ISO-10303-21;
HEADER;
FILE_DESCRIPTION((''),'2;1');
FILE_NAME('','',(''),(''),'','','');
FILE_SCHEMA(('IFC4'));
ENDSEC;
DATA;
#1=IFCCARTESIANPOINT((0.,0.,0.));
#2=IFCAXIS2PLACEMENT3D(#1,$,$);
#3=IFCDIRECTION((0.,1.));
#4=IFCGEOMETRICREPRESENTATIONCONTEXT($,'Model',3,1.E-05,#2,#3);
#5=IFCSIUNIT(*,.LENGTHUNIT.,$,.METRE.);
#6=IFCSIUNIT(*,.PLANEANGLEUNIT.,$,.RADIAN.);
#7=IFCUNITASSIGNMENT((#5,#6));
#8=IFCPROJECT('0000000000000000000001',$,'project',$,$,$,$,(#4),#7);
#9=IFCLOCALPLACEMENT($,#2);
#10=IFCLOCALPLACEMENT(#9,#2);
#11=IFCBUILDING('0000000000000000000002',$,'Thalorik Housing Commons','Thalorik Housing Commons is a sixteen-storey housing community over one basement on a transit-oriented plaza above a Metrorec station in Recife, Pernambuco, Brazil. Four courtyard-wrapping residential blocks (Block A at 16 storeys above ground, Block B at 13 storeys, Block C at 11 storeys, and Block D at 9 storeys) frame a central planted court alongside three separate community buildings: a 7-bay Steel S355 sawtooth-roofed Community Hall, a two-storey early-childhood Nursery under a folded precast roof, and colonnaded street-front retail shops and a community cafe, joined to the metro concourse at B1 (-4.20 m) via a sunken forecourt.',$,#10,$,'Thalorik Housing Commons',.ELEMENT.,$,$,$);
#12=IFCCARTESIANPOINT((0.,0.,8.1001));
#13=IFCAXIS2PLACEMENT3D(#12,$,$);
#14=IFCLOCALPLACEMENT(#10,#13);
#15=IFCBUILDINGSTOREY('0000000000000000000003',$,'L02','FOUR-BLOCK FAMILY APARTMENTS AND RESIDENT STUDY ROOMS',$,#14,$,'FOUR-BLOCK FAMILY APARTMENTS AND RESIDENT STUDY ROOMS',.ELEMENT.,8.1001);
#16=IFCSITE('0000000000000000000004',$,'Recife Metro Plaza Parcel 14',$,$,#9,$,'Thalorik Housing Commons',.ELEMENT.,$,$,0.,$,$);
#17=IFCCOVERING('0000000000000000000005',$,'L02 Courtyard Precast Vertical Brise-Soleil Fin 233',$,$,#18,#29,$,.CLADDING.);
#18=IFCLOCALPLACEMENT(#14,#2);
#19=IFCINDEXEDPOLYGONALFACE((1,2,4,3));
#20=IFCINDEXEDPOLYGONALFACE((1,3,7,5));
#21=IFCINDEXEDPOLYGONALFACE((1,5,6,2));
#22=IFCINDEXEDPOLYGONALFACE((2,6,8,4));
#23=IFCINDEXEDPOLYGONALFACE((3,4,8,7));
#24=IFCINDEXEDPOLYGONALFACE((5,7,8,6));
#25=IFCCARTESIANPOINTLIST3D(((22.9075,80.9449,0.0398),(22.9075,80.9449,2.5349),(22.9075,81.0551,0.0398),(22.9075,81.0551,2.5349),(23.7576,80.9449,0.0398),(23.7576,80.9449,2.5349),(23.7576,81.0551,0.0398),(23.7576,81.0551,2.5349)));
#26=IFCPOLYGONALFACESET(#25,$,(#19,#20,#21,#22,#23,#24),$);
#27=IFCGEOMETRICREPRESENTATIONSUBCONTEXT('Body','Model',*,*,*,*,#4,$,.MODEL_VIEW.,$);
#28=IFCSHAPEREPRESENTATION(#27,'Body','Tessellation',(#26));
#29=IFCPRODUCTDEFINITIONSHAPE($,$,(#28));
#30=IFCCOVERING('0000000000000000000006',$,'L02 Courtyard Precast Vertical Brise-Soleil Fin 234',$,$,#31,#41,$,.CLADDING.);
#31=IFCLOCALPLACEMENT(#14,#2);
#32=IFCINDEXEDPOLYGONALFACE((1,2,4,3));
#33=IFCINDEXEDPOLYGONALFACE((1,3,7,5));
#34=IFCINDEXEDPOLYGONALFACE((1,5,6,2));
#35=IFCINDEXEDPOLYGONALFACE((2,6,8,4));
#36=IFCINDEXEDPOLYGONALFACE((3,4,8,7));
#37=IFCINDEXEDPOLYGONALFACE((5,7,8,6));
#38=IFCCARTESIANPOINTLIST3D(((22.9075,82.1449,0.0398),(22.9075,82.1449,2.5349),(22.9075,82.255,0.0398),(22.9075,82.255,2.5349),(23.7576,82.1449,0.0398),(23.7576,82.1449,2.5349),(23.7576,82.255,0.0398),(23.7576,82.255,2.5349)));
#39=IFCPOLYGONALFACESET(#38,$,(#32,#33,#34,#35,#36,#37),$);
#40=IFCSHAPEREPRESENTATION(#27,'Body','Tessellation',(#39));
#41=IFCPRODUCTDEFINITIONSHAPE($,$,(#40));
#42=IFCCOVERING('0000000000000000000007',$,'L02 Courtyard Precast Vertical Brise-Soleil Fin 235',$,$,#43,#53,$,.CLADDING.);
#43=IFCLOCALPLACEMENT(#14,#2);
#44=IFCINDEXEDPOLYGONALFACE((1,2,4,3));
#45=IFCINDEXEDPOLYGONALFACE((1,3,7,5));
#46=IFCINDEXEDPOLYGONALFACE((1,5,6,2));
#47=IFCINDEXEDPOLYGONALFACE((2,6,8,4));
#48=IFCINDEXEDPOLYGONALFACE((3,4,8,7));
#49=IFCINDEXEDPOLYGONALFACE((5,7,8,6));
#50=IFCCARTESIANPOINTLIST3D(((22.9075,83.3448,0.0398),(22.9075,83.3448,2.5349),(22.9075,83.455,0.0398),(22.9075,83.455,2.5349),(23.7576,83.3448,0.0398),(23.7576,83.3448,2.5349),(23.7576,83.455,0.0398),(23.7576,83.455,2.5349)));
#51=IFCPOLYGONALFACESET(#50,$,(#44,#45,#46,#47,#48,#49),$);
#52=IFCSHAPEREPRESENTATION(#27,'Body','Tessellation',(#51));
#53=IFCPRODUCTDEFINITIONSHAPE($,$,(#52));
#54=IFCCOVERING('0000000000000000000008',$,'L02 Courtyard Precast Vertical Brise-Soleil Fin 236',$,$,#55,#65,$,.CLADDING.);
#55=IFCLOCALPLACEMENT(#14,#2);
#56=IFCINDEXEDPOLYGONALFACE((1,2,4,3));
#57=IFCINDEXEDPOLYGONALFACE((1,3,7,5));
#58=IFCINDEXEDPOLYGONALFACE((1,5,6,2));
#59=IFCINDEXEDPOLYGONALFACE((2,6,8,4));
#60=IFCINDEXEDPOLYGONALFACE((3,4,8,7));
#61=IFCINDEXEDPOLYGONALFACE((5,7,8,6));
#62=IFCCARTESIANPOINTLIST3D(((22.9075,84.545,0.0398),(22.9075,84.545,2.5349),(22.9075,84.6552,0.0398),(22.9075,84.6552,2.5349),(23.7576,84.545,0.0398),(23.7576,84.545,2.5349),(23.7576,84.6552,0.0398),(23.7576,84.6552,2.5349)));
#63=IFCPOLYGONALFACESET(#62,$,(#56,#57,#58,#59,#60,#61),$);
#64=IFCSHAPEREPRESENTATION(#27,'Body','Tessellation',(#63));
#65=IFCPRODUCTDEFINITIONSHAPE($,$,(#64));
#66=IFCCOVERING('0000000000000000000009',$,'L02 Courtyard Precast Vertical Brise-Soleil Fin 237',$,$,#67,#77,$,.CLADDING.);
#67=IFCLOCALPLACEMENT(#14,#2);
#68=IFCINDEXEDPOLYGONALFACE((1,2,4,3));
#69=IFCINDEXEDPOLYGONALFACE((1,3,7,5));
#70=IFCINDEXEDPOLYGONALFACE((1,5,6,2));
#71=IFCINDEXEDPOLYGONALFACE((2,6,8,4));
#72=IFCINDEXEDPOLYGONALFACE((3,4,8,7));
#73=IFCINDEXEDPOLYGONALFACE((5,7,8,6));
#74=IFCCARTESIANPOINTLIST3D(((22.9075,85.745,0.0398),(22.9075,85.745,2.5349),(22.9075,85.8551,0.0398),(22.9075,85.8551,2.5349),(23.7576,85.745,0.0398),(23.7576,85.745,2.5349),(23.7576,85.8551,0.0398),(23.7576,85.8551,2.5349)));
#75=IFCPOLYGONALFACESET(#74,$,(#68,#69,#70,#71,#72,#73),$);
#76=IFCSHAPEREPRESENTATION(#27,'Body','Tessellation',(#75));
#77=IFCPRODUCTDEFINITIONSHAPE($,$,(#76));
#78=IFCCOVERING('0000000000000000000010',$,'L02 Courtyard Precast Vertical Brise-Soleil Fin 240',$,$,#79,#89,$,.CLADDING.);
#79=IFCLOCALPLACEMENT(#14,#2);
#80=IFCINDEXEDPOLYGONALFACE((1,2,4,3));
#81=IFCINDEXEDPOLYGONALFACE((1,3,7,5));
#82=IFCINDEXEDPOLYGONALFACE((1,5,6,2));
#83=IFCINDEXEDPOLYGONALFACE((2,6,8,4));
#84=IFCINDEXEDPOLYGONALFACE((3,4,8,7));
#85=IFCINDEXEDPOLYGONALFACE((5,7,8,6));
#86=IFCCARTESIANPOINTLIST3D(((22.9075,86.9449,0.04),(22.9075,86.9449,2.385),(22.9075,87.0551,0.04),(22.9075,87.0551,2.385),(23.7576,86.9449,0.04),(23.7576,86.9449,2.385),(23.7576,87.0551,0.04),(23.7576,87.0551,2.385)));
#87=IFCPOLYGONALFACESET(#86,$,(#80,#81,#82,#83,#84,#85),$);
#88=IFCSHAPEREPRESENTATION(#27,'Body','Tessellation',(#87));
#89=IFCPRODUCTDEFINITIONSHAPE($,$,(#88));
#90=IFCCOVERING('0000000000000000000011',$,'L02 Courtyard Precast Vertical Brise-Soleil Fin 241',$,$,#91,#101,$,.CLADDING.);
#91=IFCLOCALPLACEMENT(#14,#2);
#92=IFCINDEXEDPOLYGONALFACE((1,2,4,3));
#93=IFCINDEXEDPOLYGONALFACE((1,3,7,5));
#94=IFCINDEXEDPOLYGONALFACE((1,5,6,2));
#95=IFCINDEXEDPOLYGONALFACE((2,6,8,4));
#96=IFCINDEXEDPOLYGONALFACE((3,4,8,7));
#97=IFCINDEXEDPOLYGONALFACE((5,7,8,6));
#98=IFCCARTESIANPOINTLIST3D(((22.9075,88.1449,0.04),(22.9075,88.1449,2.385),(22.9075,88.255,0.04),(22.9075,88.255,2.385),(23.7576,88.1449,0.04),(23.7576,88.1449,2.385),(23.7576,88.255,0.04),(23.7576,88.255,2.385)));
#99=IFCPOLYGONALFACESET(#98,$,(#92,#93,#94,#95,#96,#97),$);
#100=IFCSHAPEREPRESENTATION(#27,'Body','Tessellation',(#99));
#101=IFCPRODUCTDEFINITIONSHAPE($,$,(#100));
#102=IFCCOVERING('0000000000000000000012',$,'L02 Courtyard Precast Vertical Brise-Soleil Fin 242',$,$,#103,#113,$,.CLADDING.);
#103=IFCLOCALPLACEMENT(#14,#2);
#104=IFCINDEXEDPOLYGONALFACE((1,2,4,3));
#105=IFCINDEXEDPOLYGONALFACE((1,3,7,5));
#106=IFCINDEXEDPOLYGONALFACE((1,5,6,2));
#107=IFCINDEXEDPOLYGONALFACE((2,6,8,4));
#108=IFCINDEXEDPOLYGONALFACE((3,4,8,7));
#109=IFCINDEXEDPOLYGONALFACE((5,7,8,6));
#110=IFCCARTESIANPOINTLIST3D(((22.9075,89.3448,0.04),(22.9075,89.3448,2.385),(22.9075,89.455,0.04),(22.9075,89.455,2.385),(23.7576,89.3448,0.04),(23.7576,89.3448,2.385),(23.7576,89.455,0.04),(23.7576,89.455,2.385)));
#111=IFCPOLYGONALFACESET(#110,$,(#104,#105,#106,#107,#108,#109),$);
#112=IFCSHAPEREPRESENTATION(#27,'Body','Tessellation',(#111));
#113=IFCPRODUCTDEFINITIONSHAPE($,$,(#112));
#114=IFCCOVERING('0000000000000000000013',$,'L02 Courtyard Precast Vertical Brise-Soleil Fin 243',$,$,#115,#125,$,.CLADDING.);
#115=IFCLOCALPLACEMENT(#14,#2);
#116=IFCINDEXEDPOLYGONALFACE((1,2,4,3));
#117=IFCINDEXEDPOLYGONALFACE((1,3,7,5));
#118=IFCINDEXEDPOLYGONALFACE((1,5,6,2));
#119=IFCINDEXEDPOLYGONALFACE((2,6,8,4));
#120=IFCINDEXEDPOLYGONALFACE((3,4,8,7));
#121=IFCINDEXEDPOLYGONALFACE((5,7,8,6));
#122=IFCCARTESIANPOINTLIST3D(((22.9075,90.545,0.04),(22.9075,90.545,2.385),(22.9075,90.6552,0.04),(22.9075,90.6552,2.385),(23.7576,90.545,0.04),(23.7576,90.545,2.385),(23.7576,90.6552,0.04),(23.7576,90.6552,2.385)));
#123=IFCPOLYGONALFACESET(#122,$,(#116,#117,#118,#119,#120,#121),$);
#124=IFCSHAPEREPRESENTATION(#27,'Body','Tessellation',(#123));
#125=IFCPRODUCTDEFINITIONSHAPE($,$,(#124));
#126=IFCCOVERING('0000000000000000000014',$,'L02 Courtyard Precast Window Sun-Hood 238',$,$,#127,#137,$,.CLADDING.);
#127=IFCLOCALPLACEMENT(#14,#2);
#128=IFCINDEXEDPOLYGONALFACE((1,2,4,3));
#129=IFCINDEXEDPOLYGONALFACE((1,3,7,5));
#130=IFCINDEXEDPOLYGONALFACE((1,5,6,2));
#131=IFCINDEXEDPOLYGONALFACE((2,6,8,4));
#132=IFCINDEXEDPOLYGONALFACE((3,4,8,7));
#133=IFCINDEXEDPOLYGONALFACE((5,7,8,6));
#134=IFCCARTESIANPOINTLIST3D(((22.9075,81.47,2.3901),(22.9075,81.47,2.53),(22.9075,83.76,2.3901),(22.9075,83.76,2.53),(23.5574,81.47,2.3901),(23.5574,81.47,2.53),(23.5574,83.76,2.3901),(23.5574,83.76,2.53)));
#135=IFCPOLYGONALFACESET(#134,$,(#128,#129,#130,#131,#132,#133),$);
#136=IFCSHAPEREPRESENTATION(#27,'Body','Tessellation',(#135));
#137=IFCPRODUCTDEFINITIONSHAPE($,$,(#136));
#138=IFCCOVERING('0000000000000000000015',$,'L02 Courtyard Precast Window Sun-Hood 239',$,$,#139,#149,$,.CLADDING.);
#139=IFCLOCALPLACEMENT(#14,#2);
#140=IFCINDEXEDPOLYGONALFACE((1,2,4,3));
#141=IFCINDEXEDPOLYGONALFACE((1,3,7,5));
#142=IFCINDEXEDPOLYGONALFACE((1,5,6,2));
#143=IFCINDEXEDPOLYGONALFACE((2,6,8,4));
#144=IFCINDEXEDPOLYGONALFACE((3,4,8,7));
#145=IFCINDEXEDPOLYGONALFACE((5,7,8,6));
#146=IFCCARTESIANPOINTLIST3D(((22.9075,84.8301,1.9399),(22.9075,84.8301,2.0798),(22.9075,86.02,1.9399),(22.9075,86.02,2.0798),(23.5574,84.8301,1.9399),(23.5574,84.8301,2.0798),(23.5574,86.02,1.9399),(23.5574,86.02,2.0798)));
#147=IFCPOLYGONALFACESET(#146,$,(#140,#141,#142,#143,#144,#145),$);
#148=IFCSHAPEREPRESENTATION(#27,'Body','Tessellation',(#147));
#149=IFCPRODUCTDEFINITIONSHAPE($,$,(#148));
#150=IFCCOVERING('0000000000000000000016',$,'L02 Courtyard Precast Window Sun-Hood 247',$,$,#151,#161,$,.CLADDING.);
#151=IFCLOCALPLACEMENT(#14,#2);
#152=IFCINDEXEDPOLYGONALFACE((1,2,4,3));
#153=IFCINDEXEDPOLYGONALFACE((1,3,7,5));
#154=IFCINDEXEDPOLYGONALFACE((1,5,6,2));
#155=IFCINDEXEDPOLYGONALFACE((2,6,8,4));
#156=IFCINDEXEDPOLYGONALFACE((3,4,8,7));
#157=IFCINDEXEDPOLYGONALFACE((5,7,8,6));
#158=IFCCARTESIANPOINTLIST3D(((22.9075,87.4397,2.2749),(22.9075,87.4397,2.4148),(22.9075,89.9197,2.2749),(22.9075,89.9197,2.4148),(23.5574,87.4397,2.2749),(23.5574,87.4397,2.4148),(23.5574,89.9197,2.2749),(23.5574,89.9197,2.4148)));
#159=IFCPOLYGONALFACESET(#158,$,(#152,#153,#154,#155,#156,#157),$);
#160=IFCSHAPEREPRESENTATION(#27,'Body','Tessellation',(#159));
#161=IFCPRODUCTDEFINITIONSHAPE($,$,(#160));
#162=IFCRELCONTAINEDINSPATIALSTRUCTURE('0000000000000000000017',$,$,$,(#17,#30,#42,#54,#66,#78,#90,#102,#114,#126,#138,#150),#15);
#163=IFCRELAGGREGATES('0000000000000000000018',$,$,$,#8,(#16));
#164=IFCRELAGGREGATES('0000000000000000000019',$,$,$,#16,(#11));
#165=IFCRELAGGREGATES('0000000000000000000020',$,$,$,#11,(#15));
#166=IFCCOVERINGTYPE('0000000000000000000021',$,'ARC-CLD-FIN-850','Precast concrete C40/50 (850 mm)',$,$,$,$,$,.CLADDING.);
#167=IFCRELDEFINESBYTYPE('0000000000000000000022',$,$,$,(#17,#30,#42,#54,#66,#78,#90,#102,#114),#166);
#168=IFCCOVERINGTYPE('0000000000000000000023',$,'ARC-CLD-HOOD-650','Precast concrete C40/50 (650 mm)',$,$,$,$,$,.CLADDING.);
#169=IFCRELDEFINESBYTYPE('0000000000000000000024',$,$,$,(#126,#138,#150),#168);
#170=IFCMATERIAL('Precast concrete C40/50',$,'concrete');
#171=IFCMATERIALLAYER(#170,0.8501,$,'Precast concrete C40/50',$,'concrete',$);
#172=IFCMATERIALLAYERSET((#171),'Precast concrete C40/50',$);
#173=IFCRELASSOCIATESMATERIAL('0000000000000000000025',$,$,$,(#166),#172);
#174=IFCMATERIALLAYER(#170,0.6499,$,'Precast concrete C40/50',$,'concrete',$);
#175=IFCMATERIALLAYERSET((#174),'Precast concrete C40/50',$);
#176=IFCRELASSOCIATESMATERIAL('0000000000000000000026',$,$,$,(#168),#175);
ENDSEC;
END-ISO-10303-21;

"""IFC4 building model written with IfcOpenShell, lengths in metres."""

from ifc_helpers import new_model, si_unit, direction, frame, origin, origin_2d, place, context, subcontext, project, spatial, rectangle, extrude, material, layer, layer_set, type_object, element, save


model = new_model("IFC4")

# Units and contexts
model_context = context("Model", 3, precision=1e-05, world=origin(), true_north=direction((0.0, 1.0)))
body_context = subcontext(model_context, "Body", "Model", "MODEL_VIEW")
ifc_project = project(units=[si_unit("LENGTHUNIT", "METRE"), si_unit("PLANEANGLEUNIT", "RADIAN")], contexts=[model_context])

# Site, building, storey
site_placement = place(None, origin())
site = spatial("IfcSite", under=ifc_project, at=site_placement, Name="Recife Metro Plaza Parcel 14", LongName="Thalorik Housing Commons", CompositionType="ELEMENT", RefElevation=0.0)
building_placement = place(site_placement, origin())
building = spatial("IfcBuilding", under=site, at=building_placement, Name="Thalorik Housing Commons", Description="Thalorik Housing Commons is a sixteen-storey housing community over one basement on a transit-oriented plaza above a Metrorec station in Recife, Pernambuco, Brazil. Four courtyard-wrapping residential blocks (Block A at 16 storeys above ground, Block B at 13 storeys, Block C at 11 storeys, and Block D at 9 storeys) frame a central planted court alongside three separate community buildings: a 7-bay Steel S355 sawtooth-roofed Community Hall, a two-storey early-childhood Nursery under a folded precast roof, and colonnaded street-front retail shops and a community cafe, joined to the metro concourse at B1 (-4.20 m) via a sunken forecourt.", LongName="Thalorik Housing Commons", CompositionType="ELEMENT")
storey_placement = place(building_placement, frame((0.0, 0.0, 8.1001)))
storey = spatial("IfcBuildingStorey", under=building, at=storey_placement, Name="L02", Description="FOUR-BLOCK FAMILY APARTMENTS AND RESIDENT STUDY ROOMS", LongName="FOUR-BLOCK FAMILY APARTMENTS AND RESIDENT STUDY ROOMS", CompositionType="ELEMENT", Elevation=8.1001)

# Shared definitions
ifc_material_1 = material(Name="Precast concrete C40/50", Category="concrete")

# Coverings
ifc_layer_1 = layer(ifc_material_1, 0.8501, Name="Precast concrete C40/50", Category="concrete")
ifc_layer_set_1 = layer_set([ifc_layer_1], Name="Precast concrete C40/50")
covering_type_1 = type_object("IfcCoveringType", Name="ARC-CLD-FIN-850", Description="Precast concrete C40/50 (850 mm)", PredefinedType="CLADDING", material=ifc_layer_set_1)
for number, where, z_axis, x_axis, name in (
    (1, (23.3325, 81.0, 0.0398), (0.0, 0.0, 1.0), (0.0, 1.0, 0.0), "L02 Courtyard Precast Vertical Brise-Soleil Fin 233"),
    (2, (23.3325, 82.2, 0.0398), (0.0, 0.0, 1.0), (0.0, 1.0, 0.0), "L02 Courtyard Precast Vertical Brise-Soleil Fin 234"),
    (3, (23.3325, 83.3999, 0.0398), (0.0, 0.0, 1.0), (0.0, 1.0, 0.0), "L02 Courtyard Precast Vertical Brise-Soleil Fin 235"),
    (4, (23.3325, 84.6001, 0.0398), (0.0, 0.0, 1.0), (0.0, 1.0, 0.0), "L02 Courtyard Precast Vertical Brise-Soleil Fin 236"),
    (5, (23.3325, 85.8, 0.0398), (0.0, 0.0, 1.0), (0.0, 1.0, 0.0), "L02 Courtyard Precast Vertical Brise-Soleil Fin 237"),
):
    element("IfcCovering", number, at=place(storey_placement, frame(where, z_axis=z_axis, x_axis=x_axis)), inside=storey, type_object=covering_type_1, Name=name, PredefinedType="CLADDING", context=body_context, shape_type="SweptSolid", body=[
        extrude(rectangle(XDim=0.1101, YDim=0.8501, at=origin_2d()), origin(), (0.0, 0.0, 1.0), 2.4951),
    ])
for number, where, z_axis, x_axis, name in (
    (6, (23.3325, 87.0, 0.04), (0.0, 0.0, 1.0), (0.0, 1.0, 0.0), "L02 Courtyard Precast Vertical Brise-Soleil Fin 240"),
    (7, (23.3325, 88.2, 0.04), (0.0, 0.0, 1.0), (0.0, 1.0, 0.0), "L02 Courtyard Precast Vertical Brise-Soleil Fin 241"),
    (8, (23.3325, 89.3999, 0.04), (0.0, 0.0, 1.0), (0.0, 1.0, 0.0), "L02 Courtyard Precast Vertical Brise-Soleil Fin 242"),
    (9, (23.3325, 90.6001, 0.04), (0.0, 0.0, 1.0), (0.0, 1.0, 0.0), "L02 Courtyard Precast Vertical Brise-Soleil Fin 243"),
):
    element("IfcCovering", number, at=place(storey_placement, frame(where, z_axis=z_axis, x_axis=x_axis)), inside=storey, type_object=covering_type_1, Name=name, PredefinedType="CLADDING", context=body_context, shape_type="SweptSolid", body=[
        extrude(rectangle(XDim=0.1101, YDim=0.8501, at=origin_2d()), origin(), (0.0, 0.0, 1.0), 2.345),
    ])
ifc_layer_2 = layer(ifc_material_1, 0.6499, Name="Precast concrete C40/50", Category="concrete")
ifc_layer_set_2 = layer_set([ifc_layer_2], Name="Precast concrete C40/50")
covering_type_2 = type_object("IfcCoveringType", Name="ARC-CLD-HOOD-650", Description="Precast concrete C40/50 (650 mm)", PredefinedType="CLADDING", material=ifc_layer_set_2)
covering_1_placement = place(storey_placement, frame((23.2324, 82.615, 2.3901), z_axis=(0.0, 0.0, 1.0), x_axis=(0.0, 1.0, 0.0)))
element("IfcCovering", 10, at=covering_1_placement, inside=storey, type_object=covering_type_2, Name="L02 Courtyard Precast Window Sun-Hood 238", PredefinedType="CLADDING", context=body_context, shape_type="SweptSolid", body=[
    extrude(rectangle(XDim=2.29, YDim=0.6499, at=origin_2d()), origin(), (0.0, 0.0, 1.0), 0.1399),
])
covering_2_placement = place(storey_placement, frame((23.2324, 85.425, 1.9399), z_axis=(0.0, 0.0, 1.0), x_axis=(0.0, 1.0, 0.0)))
element("IfcCovering", 11, at=covering_2_placement, inside=storey, type_object=covering_type_2, Name="L02 Courtyard Precast Window Sun-Hood 239", PredefinedType="CLADDING", context=body_context, shape_type="SweptSolid", body=[
    extrude(rectangle(XDim=1.1899, YDim=0.6499, at=origin_2d()), origin(), (0.0, 0.0, 1.0), 0.1399),
])
covering_3_placement = place(storey_placement, frame((23.2324, 88.6797, 2.2749), z_axis=(0.0, 0.0, 1.0), x_axis=(0.0, 1.0, 0.0)))
element("IfcCovering", 12, at=covering_3_placement, inside=storey, type_object=covering_type_2, Name="L02 Courtyard Precast Window Sun-Hood 247", PredefinedType="CLADDING", context=body_context, shape_type="SweptSolid", body=[
    extrude(rectangle(XDim=2.48, YDim=0.6499, at=origin_2d()), origin(), (0.0, 0.0, 1.0), 0.1399),
])

save(model, "model.ifc")
